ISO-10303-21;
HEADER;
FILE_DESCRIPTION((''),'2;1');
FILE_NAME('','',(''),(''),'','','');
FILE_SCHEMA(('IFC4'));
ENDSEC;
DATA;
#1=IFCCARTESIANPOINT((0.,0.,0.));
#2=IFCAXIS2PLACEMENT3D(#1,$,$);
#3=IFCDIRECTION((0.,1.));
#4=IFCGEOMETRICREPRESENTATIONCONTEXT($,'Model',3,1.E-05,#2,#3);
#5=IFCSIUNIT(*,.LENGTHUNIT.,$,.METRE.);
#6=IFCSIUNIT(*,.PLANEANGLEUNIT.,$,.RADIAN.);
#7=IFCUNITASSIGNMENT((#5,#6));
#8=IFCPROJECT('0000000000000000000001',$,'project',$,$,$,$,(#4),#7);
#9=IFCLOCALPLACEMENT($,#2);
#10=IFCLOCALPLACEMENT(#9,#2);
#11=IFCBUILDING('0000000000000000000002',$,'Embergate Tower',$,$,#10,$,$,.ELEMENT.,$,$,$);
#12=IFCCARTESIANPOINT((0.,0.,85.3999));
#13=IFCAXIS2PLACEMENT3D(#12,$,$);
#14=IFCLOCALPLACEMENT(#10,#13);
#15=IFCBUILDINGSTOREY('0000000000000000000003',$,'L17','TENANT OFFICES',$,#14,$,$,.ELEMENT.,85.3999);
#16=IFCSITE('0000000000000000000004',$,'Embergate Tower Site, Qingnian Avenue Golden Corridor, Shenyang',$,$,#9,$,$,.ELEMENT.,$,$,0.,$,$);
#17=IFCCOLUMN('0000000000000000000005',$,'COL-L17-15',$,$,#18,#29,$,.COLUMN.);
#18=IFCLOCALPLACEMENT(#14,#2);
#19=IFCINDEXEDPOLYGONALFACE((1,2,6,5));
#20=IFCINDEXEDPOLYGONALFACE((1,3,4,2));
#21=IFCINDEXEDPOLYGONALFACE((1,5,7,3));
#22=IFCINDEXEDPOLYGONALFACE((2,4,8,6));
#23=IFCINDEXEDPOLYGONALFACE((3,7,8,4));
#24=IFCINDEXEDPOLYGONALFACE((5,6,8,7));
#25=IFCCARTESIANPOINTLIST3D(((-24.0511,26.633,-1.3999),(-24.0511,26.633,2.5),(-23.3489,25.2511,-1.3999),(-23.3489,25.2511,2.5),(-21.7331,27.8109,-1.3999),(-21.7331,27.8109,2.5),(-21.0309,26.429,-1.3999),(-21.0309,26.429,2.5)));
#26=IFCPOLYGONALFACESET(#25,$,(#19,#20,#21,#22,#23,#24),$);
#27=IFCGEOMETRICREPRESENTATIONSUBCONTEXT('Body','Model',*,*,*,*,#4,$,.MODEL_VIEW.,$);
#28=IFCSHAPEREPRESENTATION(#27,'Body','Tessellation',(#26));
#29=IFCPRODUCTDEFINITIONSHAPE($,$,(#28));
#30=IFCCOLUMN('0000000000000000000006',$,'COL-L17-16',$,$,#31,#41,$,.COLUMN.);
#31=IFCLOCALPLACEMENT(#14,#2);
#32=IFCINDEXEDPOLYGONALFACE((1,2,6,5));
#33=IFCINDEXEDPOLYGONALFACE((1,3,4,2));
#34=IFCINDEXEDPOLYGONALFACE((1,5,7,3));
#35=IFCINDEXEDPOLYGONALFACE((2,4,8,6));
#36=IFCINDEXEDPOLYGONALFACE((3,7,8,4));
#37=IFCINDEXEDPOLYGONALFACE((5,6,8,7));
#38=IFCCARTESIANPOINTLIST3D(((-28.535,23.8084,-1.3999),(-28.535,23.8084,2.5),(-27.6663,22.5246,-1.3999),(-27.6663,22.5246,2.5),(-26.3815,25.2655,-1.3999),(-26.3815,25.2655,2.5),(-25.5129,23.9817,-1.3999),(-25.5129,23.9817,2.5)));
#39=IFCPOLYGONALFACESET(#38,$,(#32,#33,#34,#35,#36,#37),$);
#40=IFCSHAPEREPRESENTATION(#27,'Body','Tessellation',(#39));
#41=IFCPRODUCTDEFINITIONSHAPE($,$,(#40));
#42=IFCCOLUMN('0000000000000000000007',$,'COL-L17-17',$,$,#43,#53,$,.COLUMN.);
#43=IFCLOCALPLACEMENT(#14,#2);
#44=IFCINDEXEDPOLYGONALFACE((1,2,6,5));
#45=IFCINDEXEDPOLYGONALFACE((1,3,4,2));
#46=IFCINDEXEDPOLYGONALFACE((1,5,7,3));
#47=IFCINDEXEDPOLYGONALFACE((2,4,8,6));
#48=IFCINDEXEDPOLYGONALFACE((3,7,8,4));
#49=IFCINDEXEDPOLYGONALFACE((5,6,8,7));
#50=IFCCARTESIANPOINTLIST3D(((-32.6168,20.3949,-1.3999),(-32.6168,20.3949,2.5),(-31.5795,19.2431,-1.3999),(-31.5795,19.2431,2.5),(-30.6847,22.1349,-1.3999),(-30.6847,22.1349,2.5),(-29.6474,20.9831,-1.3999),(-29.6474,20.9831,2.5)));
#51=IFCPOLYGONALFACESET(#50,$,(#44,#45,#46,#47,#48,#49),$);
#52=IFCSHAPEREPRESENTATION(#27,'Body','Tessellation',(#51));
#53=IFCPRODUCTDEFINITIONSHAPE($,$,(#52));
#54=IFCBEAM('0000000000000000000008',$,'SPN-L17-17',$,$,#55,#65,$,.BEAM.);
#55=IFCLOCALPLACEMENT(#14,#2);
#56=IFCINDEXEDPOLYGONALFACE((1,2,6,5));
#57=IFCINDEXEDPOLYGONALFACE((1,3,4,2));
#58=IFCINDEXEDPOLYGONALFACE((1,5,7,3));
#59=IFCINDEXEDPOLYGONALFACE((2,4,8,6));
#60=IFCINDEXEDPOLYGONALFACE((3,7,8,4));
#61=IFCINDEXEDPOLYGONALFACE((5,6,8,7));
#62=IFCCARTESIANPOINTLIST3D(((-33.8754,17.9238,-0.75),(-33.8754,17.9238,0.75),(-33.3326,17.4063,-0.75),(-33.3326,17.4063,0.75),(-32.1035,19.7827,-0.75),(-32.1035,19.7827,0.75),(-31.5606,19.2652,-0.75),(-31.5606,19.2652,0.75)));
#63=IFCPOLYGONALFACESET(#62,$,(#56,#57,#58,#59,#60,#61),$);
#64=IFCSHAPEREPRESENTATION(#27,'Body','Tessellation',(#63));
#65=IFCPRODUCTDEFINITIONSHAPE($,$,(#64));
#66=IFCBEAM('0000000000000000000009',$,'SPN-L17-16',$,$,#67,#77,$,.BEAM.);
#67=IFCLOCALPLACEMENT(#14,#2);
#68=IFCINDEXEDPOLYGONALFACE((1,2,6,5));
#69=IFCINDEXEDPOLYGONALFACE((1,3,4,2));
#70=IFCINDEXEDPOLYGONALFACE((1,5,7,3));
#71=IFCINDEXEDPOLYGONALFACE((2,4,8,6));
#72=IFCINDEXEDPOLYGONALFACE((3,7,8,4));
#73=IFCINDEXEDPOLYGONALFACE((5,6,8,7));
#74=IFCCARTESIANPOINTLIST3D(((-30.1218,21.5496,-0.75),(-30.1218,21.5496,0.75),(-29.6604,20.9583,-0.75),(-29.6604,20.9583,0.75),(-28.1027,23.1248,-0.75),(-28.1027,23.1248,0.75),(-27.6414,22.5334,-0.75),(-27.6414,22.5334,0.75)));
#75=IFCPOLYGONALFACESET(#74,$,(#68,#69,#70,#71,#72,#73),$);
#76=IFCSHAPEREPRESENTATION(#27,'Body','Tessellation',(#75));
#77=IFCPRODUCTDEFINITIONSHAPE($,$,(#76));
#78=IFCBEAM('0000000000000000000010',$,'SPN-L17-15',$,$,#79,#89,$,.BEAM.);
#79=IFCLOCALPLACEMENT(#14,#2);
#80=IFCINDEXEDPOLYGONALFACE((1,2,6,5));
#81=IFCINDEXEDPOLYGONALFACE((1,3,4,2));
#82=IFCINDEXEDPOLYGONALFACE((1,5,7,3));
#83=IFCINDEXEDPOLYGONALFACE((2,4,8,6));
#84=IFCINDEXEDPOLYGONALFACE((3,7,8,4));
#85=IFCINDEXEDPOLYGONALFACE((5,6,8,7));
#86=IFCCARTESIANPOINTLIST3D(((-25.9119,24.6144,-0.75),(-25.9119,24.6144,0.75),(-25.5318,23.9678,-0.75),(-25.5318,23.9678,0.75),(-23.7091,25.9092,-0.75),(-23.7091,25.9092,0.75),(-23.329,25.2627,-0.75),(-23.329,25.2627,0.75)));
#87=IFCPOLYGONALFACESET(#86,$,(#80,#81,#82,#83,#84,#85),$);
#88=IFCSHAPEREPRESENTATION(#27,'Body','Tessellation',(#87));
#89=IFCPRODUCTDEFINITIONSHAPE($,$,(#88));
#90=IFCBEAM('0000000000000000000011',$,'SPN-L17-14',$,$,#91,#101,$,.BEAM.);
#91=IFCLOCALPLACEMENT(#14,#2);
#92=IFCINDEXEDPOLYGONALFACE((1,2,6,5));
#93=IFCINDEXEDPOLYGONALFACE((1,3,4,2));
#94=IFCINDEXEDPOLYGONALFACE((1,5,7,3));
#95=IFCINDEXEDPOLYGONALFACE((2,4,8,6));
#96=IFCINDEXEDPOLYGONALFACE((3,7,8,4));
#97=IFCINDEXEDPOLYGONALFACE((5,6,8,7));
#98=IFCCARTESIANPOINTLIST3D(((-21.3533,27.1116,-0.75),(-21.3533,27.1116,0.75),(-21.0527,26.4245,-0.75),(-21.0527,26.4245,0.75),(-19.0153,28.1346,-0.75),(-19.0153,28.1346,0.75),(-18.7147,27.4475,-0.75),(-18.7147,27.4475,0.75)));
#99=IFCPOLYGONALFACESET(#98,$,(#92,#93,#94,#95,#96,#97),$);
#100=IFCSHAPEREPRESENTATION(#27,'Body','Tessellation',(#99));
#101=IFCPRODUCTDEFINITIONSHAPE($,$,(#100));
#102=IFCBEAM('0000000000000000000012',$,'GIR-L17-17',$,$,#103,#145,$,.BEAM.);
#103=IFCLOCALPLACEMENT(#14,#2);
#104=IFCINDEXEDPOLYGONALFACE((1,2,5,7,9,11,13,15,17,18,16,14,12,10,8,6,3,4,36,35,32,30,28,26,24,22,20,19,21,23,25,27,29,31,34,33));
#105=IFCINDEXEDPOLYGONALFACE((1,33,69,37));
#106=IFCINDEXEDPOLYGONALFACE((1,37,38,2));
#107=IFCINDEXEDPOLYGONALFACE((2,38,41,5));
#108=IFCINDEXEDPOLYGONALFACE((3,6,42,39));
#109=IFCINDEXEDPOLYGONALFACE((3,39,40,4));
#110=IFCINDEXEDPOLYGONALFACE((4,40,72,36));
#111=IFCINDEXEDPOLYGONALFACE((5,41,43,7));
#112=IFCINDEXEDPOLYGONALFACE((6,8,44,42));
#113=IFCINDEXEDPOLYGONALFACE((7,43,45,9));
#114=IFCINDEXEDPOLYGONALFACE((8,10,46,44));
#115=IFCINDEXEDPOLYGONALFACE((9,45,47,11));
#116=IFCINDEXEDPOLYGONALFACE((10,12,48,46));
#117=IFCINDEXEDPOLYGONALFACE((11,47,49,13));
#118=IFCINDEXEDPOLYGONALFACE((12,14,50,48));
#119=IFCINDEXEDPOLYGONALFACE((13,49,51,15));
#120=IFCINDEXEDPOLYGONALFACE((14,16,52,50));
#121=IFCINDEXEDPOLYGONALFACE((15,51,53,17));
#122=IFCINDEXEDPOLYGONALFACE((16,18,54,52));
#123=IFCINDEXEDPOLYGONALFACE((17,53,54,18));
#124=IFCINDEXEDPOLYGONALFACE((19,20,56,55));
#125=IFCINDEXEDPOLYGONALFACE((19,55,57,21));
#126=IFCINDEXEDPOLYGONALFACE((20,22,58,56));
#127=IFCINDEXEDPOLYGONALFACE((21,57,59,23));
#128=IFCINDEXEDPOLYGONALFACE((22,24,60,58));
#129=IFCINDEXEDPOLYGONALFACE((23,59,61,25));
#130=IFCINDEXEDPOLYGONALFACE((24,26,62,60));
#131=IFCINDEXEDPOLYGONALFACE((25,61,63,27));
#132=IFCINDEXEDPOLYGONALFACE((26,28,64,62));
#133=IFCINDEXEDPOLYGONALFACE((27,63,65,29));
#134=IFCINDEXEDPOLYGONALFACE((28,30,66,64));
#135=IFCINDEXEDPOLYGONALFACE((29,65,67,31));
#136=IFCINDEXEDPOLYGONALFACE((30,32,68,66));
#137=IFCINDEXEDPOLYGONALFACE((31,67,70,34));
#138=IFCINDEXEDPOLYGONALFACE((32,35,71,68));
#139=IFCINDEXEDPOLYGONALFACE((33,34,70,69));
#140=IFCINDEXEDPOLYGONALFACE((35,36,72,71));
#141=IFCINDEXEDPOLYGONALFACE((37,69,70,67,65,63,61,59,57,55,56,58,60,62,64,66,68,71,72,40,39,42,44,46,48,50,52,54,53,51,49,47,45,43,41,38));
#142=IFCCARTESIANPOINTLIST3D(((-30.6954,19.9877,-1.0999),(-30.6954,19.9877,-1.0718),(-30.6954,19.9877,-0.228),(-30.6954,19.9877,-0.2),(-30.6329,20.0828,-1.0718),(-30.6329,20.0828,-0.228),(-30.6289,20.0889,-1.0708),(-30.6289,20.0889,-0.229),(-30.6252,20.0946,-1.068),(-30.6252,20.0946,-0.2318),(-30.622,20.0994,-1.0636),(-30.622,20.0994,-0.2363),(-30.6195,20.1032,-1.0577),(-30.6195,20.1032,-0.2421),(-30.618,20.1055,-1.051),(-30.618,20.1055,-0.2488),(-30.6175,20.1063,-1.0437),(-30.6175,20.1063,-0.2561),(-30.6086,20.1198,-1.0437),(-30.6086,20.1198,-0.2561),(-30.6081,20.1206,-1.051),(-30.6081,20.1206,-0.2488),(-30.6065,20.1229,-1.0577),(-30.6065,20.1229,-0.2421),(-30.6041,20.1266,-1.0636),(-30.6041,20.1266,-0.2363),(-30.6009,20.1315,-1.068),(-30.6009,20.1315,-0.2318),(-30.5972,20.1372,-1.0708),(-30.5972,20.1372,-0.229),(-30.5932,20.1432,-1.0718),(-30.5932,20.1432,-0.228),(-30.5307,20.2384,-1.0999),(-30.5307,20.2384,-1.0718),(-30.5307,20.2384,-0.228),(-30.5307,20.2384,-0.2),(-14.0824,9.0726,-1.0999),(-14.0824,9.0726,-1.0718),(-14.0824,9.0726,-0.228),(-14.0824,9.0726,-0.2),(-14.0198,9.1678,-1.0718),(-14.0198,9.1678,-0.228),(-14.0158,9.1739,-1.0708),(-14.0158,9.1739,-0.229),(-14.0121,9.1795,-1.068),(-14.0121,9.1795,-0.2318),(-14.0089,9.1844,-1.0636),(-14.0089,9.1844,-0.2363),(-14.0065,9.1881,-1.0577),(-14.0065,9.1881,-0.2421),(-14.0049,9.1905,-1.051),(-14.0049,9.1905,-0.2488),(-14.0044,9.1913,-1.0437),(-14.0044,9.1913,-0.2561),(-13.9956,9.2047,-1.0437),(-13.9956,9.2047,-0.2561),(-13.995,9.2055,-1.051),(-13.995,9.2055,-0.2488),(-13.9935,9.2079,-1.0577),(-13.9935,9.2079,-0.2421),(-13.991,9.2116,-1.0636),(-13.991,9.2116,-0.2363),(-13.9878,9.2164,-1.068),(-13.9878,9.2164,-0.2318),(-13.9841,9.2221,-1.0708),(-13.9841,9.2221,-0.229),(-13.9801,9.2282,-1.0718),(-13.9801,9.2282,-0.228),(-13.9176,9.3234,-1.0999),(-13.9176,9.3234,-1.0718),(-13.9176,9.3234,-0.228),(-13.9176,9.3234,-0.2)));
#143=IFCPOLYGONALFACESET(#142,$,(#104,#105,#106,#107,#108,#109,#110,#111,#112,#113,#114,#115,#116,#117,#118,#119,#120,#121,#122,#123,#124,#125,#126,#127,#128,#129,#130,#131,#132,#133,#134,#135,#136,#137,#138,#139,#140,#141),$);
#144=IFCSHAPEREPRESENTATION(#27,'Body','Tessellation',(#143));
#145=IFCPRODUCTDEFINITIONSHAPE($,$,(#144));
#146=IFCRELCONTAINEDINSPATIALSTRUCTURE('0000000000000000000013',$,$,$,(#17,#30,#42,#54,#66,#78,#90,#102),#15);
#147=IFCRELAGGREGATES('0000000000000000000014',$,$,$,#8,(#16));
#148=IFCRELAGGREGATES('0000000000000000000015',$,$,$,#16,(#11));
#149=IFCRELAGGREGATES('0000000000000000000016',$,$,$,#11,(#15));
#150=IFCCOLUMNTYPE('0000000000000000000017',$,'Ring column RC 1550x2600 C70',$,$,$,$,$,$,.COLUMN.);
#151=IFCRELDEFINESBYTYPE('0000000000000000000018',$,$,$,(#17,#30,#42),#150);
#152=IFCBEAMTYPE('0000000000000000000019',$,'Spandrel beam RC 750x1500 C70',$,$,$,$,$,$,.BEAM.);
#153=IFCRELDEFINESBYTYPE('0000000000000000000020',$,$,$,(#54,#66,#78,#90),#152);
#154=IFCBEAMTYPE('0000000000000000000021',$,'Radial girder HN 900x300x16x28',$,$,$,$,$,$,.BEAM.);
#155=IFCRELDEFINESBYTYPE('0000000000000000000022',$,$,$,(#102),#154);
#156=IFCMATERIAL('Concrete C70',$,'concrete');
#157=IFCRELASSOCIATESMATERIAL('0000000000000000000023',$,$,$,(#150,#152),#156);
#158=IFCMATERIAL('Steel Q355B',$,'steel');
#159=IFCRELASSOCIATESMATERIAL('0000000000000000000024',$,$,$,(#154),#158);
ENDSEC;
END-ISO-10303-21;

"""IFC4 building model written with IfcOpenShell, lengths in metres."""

from ifc_helpers import new_model, si_unit, direction, frame, origin, origin_2d, place, context, subcontext, project, spatial, rectangle, i_section, extrude, source, transform, mapped, material, material_profile, profile_set, type_object, element, save


model = new_model("IFC4")

# Units and contexts
model_context = context("Model", 3, precision=1e-05, world=origin(), true_north=direction((0.0, 1.0)))
body_context = subcontext(model_context, "Body", "Model", "MODEL_VIEW")
ifc_project = project(units=[si_unit("LENGTHUNIT", "METRE"), si_unit("PLANEANGLEUNIT", "RADIAN")], contexts=[model_context])

# Site, building, storey
site_placement = place(None, origin())
site = spatial("IfcSite", under=ifc_project, at=site_placement, Name="Embergate Tower Site, Qingnian Avenue Golden Corridor, Shenyang", CompositionType="ELEMENT", RefElevation=0.0)
building_placement = place(site_placement, origin())
building = spatial("IfcBuilding", under=site, at=building_placement, Name="Embergate Tower", CompositionType="ELEMENT")
storey_placement = place(building_placement, frame((0.0, 0.0, 85.3999)))
storey = spatial("IfcBuildingStorey", under=building, at=storey_placement, Name="L17", Description="TENANT OFFICES", CompositionType="ELEMENT", Elevation=85.3999)

# Columns
ifc_material_1 = material(Name="Concrete C70", Category="concrete")
ifc_material_profile_1 = material_profile(ifc_material_1, rectangle(XDim=1.55, YDim=2.6001, at=origin_2d()), Name="RC 1550x2600")
ifc_profile_set_1 = profile_set([ifc_material_profile_1], Name="Concrete C70")
column_type = type_object("IfcColumnType", Name="Ring column RC 1550x2600 C70", PredefinedType="COLUMN", material=ifc_profile_set_1)
shared_shape_1 = source(origin(), body_context, "Body", "SweptSolid", [
    extrude(rectangle(XDim=1.55, YDim=2.6001, at=origin_2d()), origin(), (0.0, 0.0, 1.0), 3.8999),
])
for number, where, z_axis, x_axis, name in (
    (1, (-22.541, 26.531, -1.3999), (0.0, 0.0, 1.0), (-0.452995, 0.891513, 0.0), "COL-L17-15"),
    (2, (-27.0239, 23.895, -1.3999), (0.0, 0.0, 1.0), (-0.560393, 0.828227, 0.0), "COL-L17-16"),
    (3, (-31.1321, 20.689, -1.3999), (0.0, 0.0, 1.0), (-0.669208, 0.743075, 0.0), "COL-L17-17"),
):
    element("IfcColumn", number, at=place(storey_placement, frame(where, z_axis=z_axis, x_axis=x_axis)), inside=storey, type_object=column_type, Name=name, PredefinedType="COLUMN", context=body_context, shape_type="MappedRepresentation", body=[
        mapped(shared_shape_1, transform((0.0, 0.0, 0.0))),
    ])

# Beams
ifc_material_profile_2 = material_profile(ifc_material_1, rectangle(XDim=0.75, YDim=1.5, at=origin_2d()), Name="RC 750x1500")
ifc_profile_set_2 = profile_set([ifc_material_profile_2], Name="Concrete C70")
beam_type_1 = type_object("IfcBeamType", Name="Spandrel beam RC 750x1500 C70", PredefinedType="BEAM", material=ifc_profile_set_2)
shared_shape_2 = source(origin(), body_context, "Body", "SweptSolid", [
    extrude(rectangle(XDim=0.75, YDim=1.5, at=origin_2d()), origin(), (0.0, 0.0, 1.0), 2.5681),
])
beam_1_placement = place(storey_placement, frame((-31.832, 19.5239, 0.0), z_axis=(-0.689983, -0.723826, 0.0), x_axis=(0.723826, -0.689983, 0.0)))
element("IfcBeam", 4, at=beam_1_placement, inside=storey, type_object=beam_type_1, Name="SPN-L17-17", PredefinedType="BEAM", context=body_context, shape_type="MappedRepresentation", body=[
    mapped(shared_shape_2, transform((0.0, 0.0, 0.0))),
])
shared_shape_3 = source(origin(), body_context, "Body", "SweptSolid", [
    extrude(rectangle(XDim=0.75, YDim=1.5, at=origin_2d()), origin(), (0.0, 0.0, 1.0), 2.5608),
])
beam_2_placement = place(storey_placement, frame((-27.8721, 22.8291, 0.0), z_axis=(-0.788438, -0.615115, 0.0), x_axis=(0.615115, -0.788438, 0.0)))
element("IfcBeam", 5, at=beam_2_placement, inside=storey, type_object=beam_type_1, Name="SPN-L17-16", PredefinedType="BEAM", context=body_context, shape_type="MappedRepresentation", body=[
    mapped(shared_shape_3, transform((0.0, 0.0, 0.0))),
])
shared_shape_4 = source(origin(), body_context, "Body", "SweptSolid", [
    extrude(rectangle(XDim=0.75, YDim=1.5, at=origin_2d()), origin(), (0.0, 0.0, 1.0), 2.5552),
])
beam_3_placement = place(storey_placement, frame((-23.519, 25.5859, 0.0), z_axis=(-0.862086, -0.506761, 0.0), x_axis=(0.506761, -0.862086, 0.0)))
element("IfcBeam", 6, at=beam_3_placement, inside=storey, type_object=beam_type_1, Name="SPN-L17-15", PredefinedType="BEAM", context=body_context, shape_type="MappedRepresentation", body=[
    mapped(shared_shape_4, transform((0.0, 0.0, 0.0))),
])
shared_shape_5 = source(origin(), body_context, "Body", "SweptSolid", [
    extrude(rectangle(XDim=0.75, YDim=1.5, at=origin_2d()), origin(), (0.0, 0.0, 1.0), 2.552),
])
beam_4_placement = place(storey_placement, frame((-18.865, 27.791, 0.0), z_axis=(-0.91614, -0.400859, 0.0), x_axis=(0.400859, -0.91614, 0.0)))
element("IfcBeam", 7, at=beam_4_placement, inside=storey, type_object=beam_type_1, Name="SPN-L17-14", PredefinedType="BEAM", context=body_context, shape_type="MappedRepresentation", body=[
    mapped(shared_shape_5, transform((0.0, 0.0, 0.0))),
])
ifc_material_2 = material(Name="Steel Q355B", Category="steel")
ifc_material_profile_3 = material_profile(ifc_material_2, i_section(OverallWidth=0.3, OverallDepth=0.8999, WebThickness=0.0161, FlangeThickness=0.0281, FilletRadius=0.0281, at=origin_2d()), Name="HN 900x300x16x28")
ifc_profile_set_3 = profile_set([ifc_material_profile_3], Name="Steel Q355 grade B")
beam_type_2 = type_object("IfcBeamType", Name="Radial girder HN 900x300x16x28", PredefinedType="BEAM", material=ifc_profile_set_3)
shared_shape_6 = source(origin(), body_context, "Body", "SweptSolid", [
    extrude(i_section(OverallWidth=0.3, OverallDepth=0.8999, WebThickness=0.0161, FlangeThickness=0.0281, FilletRadius=0.0281, at=origin_2d()), origin(), (0.0, 0.0, 1.0), 19.8779),
])
beam_5_placement = place(storey_placement, frame((-30.613, 20.113, -0.6499), z_axis=(0.835754, -0.549104, 0.0), x_axis=(0.549104, 0.835754, 0.0)))
element("IfcBeam", 8, at=beam_5_placement, inside=storey, type_object=beam_type_2, Name="GIR-L17-17", PredefinedType="BEAM", context=body_context, shape_type="MappedRepresentation", body=[
    mapped(shared_shape_6, transform((0.0, 0.0, 0.0))),
])

save(model, "model.ifc")
